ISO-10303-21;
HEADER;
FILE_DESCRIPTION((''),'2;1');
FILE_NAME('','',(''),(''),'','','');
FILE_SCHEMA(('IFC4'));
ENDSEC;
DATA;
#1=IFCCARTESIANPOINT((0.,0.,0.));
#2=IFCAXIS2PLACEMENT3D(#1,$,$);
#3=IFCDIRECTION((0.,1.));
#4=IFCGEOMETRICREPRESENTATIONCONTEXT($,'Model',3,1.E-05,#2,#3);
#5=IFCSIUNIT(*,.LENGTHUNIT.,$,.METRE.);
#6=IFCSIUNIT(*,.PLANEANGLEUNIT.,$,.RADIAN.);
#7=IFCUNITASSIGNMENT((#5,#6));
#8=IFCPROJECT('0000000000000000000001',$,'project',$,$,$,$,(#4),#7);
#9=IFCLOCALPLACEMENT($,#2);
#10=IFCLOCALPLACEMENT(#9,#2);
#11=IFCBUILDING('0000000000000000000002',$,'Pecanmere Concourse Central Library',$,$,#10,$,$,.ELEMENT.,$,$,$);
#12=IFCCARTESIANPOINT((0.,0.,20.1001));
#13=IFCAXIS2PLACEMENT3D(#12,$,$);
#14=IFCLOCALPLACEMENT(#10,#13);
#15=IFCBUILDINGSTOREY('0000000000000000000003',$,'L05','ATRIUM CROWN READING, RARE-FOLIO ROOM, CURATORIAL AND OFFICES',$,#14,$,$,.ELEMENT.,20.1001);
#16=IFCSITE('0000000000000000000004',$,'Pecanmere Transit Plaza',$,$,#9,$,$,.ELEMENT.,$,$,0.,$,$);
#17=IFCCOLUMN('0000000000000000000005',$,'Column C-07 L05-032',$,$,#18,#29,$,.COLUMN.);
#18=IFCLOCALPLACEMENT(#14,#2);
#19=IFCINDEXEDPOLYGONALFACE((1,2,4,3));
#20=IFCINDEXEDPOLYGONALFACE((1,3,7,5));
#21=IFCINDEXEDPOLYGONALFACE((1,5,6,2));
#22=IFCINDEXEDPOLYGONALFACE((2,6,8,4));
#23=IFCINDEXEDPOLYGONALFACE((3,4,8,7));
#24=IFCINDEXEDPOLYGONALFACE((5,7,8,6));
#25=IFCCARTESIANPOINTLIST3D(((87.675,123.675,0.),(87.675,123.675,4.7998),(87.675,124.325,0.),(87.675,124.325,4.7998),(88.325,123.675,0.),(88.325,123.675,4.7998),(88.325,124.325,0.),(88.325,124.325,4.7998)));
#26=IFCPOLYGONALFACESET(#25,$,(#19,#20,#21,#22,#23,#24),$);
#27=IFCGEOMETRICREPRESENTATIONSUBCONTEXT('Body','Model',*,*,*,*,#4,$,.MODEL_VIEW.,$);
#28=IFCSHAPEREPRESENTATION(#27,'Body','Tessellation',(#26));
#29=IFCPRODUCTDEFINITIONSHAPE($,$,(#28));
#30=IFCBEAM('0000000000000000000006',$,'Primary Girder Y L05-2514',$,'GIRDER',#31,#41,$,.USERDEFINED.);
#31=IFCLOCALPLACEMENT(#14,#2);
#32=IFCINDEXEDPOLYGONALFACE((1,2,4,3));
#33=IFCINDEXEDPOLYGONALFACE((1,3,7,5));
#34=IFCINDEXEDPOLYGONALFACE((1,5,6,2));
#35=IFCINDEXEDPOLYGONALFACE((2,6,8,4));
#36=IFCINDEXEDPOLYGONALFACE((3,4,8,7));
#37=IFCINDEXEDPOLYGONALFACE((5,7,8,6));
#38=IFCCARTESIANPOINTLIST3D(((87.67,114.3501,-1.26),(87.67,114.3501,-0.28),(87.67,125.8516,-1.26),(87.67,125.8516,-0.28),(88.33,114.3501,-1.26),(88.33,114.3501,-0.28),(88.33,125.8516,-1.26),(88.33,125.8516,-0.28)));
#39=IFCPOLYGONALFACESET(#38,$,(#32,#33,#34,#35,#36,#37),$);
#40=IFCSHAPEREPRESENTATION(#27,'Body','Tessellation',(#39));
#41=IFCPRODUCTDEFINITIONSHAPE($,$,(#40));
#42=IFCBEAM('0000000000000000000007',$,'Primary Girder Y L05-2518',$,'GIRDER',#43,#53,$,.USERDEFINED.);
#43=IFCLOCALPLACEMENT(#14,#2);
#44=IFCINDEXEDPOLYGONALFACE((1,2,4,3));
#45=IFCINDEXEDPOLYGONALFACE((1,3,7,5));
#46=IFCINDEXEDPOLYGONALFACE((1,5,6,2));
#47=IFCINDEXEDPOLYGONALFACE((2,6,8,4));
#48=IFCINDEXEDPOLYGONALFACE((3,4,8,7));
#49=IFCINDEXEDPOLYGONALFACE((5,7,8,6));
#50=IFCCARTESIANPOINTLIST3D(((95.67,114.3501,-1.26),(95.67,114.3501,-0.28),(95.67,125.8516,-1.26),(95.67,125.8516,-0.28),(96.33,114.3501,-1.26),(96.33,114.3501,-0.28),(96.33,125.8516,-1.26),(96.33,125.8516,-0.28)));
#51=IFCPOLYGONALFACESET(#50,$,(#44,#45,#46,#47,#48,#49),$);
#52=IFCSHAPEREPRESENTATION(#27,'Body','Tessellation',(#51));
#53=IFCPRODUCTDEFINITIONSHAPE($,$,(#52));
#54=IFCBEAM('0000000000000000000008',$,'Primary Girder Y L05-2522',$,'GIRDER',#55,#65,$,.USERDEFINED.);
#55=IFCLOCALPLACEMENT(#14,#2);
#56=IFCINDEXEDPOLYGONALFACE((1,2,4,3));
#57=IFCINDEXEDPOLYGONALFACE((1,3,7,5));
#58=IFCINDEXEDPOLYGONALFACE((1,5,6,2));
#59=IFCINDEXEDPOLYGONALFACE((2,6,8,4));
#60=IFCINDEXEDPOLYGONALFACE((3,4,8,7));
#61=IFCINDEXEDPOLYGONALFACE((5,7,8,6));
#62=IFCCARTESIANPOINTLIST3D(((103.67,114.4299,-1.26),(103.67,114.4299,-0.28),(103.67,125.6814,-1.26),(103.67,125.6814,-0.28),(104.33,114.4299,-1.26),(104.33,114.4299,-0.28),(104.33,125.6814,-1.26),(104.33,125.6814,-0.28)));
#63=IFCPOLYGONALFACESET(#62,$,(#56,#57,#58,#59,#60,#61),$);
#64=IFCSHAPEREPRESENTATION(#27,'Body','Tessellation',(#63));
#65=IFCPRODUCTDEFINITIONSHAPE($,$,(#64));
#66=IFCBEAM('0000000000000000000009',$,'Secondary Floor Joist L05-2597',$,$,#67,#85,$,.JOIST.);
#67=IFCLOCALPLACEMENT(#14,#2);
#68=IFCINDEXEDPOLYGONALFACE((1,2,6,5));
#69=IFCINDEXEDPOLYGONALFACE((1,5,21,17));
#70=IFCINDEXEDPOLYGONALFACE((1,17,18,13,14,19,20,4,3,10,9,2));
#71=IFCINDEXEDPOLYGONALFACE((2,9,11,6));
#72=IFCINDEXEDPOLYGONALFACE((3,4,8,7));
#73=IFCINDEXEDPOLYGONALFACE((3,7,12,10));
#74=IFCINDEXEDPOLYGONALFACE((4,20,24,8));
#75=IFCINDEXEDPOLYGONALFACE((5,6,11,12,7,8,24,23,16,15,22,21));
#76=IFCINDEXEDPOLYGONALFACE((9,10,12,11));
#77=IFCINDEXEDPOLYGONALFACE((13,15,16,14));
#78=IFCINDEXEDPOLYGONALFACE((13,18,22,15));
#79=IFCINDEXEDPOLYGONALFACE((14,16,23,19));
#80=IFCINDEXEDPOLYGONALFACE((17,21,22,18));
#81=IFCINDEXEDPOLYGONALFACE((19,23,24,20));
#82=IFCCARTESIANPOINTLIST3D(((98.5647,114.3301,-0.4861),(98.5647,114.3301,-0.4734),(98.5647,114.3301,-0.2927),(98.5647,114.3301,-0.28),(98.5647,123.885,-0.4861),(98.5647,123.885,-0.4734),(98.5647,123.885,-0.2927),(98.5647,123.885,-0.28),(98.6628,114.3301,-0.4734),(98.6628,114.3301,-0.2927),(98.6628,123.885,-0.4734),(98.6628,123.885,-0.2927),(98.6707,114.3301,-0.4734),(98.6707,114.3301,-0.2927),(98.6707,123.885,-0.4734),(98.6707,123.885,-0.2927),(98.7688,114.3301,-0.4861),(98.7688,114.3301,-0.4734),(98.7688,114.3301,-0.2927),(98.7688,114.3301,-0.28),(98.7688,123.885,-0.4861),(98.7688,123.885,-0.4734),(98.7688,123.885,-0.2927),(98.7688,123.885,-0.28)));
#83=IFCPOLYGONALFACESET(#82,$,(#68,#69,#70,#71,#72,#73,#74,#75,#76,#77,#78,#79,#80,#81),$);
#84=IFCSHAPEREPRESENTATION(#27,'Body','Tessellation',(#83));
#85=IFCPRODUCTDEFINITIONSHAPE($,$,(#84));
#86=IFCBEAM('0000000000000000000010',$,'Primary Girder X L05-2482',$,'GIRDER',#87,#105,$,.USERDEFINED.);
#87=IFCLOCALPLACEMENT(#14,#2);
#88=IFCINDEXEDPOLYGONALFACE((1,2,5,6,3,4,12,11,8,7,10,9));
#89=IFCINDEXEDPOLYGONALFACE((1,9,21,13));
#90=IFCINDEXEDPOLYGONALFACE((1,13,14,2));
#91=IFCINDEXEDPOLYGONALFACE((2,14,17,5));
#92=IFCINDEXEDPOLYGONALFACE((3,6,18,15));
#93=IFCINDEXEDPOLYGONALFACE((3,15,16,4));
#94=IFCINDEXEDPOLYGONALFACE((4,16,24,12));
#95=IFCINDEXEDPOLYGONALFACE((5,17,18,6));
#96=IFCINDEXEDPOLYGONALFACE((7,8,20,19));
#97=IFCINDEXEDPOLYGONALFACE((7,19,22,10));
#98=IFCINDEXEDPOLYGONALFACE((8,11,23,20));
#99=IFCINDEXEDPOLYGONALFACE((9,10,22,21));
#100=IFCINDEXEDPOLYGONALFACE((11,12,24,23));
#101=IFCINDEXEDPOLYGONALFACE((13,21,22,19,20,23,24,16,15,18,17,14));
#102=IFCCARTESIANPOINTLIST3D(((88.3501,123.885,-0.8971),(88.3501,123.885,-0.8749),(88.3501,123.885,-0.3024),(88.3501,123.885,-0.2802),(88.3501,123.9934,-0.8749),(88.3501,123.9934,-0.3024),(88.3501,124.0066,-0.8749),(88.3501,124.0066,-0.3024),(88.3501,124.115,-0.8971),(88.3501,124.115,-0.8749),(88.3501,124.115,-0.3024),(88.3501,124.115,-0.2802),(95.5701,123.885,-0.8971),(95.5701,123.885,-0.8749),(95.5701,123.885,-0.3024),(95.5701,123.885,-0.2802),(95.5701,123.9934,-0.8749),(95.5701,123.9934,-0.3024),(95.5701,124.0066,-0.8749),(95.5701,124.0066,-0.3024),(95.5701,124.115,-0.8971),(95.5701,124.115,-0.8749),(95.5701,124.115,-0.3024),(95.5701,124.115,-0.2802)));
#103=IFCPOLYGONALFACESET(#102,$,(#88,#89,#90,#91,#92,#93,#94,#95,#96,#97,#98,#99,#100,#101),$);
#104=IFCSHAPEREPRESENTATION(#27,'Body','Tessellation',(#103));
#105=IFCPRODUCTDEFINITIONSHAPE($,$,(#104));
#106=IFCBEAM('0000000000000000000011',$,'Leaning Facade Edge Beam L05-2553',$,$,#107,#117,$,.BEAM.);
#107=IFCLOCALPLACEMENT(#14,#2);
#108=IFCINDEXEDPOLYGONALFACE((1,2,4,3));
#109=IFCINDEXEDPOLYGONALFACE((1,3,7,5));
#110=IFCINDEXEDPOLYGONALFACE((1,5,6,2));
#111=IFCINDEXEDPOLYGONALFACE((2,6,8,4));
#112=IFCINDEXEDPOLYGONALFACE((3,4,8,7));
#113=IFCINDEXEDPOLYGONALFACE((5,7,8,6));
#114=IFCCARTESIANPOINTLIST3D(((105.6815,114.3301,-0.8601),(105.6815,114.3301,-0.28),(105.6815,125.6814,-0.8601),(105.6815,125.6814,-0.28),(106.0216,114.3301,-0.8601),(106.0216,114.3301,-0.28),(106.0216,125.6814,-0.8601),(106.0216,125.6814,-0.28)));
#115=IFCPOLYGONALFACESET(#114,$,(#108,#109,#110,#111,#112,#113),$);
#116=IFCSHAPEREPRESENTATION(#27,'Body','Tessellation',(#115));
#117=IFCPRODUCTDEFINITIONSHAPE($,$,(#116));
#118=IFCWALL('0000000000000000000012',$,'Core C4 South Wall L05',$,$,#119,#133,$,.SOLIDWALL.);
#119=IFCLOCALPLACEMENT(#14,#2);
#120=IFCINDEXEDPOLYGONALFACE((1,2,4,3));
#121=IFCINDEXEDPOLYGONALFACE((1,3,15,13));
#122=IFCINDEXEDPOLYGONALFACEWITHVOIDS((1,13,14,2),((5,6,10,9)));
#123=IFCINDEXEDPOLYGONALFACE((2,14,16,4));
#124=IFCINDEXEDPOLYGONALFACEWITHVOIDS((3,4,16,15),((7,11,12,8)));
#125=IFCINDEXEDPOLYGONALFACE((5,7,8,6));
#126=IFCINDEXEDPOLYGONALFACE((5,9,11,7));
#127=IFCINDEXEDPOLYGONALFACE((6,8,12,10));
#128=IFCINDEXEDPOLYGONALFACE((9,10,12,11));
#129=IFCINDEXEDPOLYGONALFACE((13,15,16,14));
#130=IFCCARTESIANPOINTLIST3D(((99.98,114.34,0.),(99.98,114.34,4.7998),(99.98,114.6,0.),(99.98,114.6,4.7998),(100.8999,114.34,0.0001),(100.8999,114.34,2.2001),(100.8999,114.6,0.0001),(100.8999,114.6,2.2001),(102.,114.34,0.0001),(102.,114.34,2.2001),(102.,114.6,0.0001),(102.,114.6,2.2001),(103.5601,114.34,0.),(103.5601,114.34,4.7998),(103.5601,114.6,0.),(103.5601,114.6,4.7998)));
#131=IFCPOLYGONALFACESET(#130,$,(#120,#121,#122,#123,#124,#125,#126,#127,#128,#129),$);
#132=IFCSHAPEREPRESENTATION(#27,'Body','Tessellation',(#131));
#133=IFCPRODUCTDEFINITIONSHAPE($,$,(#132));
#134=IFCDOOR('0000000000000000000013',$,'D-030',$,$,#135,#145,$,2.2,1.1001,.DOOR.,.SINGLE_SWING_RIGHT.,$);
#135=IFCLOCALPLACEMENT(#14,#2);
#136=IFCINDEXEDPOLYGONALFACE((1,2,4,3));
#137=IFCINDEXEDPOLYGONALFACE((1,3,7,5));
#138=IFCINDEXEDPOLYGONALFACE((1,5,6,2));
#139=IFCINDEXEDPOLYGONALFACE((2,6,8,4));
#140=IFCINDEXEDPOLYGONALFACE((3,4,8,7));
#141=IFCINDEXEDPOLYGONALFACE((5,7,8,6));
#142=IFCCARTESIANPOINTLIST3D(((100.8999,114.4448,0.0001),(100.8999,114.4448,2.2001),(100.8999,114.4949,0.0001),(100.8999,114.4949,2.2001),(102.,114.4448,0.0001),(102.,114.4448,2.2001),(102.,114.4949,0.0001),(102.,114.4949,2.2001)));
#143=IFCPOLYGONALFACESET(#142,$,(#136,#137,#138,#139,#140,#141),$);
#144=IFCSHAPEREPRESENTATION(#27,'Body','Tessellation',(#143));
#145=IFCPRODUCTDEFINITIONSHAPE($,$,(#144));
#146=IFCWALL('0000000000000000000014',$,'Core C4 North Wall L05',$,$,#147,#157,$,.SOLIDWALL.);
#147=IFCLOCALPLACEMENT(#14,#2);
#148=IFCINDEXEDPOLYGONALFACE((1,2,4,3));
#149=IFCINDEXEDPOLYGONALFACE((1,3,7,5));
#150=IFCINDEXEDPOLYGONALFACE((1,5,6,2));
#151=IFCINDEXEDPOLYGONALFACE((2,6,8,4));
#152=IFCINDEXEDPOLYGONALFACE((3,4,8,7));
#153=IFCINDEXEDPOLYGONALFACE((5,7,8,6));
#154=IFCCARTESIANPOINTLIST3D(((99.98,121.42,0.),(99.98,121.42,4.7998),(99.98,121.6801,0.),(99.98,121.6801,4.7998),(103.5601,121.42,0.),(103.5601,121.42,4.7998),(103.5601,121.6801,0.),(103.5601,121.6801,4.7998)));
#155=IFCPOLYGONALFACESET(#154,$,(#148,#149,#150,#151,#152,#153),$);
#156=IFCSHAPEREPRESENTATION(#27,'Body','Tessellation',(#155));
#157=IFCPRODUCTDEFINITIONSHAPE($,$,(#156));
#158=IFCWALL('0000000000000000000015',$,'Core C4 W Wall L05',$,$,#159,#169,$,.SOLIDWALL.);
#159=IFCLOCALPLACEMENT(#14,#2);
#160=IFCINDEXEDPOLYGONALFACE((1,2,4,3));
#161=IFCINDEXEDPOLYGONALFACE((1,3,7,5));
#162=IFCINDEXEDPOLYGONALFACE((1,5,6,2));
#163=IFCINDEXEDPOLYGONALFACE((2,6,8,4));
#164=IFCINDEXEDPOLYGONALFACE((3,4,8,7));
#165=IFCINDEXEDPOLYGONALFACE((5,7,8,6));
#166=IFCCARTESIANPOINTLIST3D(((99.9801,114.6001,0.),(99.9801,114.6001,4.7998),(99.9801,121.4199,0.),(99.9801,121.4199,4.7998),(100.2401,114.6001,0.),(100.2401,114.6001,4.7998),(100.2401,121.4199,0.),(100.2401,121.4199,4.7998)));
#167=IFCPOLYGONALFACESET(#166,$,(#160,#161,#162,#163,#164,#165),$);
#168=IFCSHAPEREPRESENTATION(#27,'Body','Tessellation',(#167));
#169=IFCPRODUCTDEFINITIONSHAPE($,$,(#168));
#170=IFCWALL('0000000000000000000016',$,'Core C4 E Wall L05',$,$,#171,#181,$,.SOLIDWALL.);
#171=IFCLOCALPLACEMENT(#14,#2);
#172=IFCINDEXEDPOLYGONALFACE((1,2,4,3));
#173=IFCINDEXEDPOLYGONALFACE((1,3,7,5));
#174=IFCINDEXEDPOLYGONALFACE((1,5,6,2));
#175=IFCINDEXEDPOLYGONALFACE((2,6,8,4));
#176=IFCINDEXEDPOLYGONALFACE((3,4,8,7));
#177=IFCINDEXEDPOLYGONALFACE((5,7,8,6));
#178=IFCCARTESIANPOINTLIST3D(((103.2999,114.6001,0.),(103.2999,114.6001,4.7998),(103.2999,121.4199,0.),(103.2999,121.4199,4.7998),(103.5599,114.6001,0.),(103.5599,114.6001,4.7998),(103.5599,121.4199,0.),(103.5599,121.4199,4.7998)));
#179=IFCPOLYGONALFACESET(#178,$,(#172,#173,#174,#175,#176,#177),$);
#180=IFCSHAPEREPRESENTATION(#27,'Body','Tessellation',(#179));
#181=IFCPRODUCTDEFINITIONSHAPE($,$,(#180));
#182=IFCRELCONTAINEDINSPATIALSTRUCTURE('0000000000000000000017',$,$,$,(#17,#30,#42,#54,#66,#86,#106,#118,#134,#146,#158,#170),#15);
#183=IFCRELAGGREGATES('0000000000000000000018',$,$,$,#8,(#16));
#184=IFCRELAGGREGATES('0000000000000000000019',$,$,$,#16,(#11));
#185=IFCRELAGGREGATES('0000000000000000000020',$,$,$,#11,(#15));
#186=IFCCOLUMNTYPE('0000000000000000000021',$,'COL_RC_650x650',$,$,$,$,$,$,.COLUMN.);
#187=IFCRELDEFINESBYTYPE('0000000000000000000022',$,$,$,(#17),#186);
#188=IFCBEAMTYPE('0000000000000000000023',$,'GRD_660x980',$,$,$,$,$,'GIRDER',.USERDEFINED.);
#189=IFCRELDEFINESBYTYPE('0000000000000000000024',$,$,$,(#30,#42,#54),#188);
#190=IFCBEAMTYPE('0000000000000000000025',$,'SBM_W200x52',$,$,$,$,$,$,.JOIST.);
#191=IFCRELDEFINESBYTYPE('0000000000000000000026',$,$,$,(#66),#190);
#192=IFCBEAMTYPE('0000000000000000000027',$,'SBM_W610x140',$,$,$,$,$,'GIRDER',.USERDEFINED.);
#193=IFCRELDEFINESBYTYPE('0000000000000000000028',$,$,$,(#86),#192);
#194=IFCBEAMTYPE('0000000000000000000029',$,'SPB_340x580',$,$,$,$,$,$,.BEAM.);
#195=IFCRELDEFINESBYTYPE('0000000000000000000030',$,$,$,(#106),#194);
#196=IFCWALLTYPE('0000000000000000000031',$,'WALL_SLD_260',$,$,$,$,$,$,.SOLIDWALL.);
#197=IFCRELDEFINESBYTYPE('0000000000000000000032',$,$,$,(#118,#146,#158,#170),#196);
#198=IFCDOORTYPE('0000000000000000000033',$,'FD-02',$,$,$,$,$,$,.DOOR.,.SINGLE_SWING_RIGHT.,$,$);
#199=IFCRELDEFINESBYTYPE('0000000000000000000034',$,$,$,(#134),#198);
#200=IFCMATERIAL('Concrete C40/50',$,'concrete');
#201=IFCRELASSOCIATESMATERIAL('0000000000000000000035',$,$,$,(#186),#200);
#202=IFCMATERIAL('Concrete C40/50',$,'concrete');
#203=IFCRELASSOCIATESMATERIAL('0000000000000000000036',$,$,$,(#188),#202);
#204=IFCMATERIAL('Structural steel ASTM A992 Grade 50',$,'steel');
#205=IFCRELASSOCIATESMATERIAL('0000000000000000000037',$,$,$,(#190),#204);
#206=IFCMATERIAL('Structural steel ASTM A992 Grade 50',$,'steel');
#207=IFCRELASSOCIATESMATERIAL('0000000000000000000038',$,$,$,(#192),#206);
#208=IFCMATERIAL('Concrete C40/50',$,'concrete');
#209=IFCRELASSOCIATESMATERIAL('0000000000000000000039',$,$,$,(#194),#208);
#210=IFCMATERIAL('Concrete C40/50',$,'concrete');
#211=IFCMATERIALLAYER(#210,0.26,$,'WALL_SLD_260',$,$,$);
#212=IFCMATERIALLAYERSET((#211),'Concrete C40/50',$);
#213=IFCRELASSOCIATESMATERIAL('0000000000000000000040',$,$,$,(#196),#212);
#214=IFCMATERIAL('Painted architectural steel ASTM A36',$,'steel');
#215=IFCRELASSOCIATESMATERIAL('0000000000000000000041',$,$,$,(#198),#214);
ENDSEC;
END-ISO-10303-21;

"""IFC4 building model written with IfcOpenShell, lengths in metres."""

from ifc_helpers import new_model, si_unit, direction, frame, frame_2d, origin, origin_2d, place, context, subcontext, project, spatial, rectangle, i_section, extrude, material, layer, layer_set, material_profile, profile_set, type_object, element, fill, save


model = new_model("IFC4")

# Units and contexts
model_context = context("Model", 3, precision=1e-05, world=origin(), true_north=direction((0.0, 1.0)))
body_context = subcontext(model_context, "Body", "Model", "MODEL_VIEW")
ifc_project = project(units=[si_unit("LENGTHUNIT", "METRE"), si_unit("PLANEANGLEUNIT", "RADIAN")], contexts=[model_context])

# Site, building, storey
site_placement = place(None, origin())
site = spatial("IfcSite", under=ifc_project, at=site_placement, Name="Pecanmere Transit Plaza", CompositionType="ELEMENT", RefElevation=0.0)
building_placement = place(site_placement, origin())
building = spatial("IfcBuilding", under=site, at=building_placement, Name="Pecanmere Concourse Central Library", CompositionType="ELEMENT")
storey_placement = place(building_placement, frame((0.0, 0.0, 20.1001)))
storey = spatial("IfcBuildingStorey", under=building, at=storey_placement, Name="L05", Description="ATRIUM CROWN READING, RARE-FOLIO ROOM, CURATORIAL AND OFFICES", CompositionType="ELEMENT", Elevation=20.1001)

# Column
ifc_material_1 = material(Name="Concrete C40/50", Category="concrete")
ifc_material_profile_1 = material_profile(ifc_material_1, rectangle(XDim=0.6499, YDim=0.6499, at=origin_2d()), Name="RC 650x650")
ifc_profile_set_1 = profile_set([ifc_material_profile_1], Name="Concrete C40/50")
column_type = type_object("IfcColumnType", Name="COL_RC_650x650", PredefinedType="COLUMN", material=ifc_profile_set_1)
column_placement = place(storey_placement, frame((88.0, 124.0, 0.0), z_axis=(0.0, 0.0, 1.0), x_axis=(1.0, 0.0, 0.0)))
element("IfcColumn", 1, at=column_placement, inside=storey, type_object=column_type, Name="Column C-07 L05-032", PredefinedType="COLUMN", context=body_context, shape_type="SweptSolid", body=[
    extrude(rectangle(XDim=0.6499, YDim=0.6499, at=origin_2d()), origin(), (0.0, 0.0, 1.0), 4.7998),
])

# Beams
ifc_material_2 = material(Name="Concrete C40/50", Category="concrete")
ifc_material_profile_2 = material_profile(ifc_material_2, rectangle(XDim=0.6599, YDim=0.98, at=origin_2d()), Name="RC 660x980")
ifc_profile_set_2 = profile_set([ifc_material_profile_2], Name="Concrete C40/50")
beam_type_1 = type_object("IfcBeamType", Name="GRD_660x980", ElementType="GIRDER", PredefinedType="USERDEFINED", material=ifc_profile_set_2)
for number, where, z_axis, x_axis, name in (
    (2, (88.0, 114.3501, -0.77), (0.0, 1.0, 0.0), (-1.0, 0.0, 0.0), "Primary Girder Y L05-2514"),
    (3, (96.0, 114.3501, -0.77), (0.0, 1.0, 0.0), (-1.0, 0.0, 0.0), "Primary Girder Y L05-2518"),
):
    element("IfcBeam", number, at=place(storey_placement, frame(where, z_axis=z_axis, x_axis=x_axis)), inside=storey, type_object=beam_type_1, Name=name, ObjectType="GIRDER", PredefinedType="USERDEFINED", context=body_context, shape_type="SweptSolid", body=[
        extrude(rectangle(XDim=0.6599, YDim=0.98, at=origin_2d()), origin(), (0.0, 0.0, 1.0), 11.5015),
    ])
beam_1_placement = place(storey_placement, frame((104.0, 114.4299, -0.77), z_axis=(0.0, 1.0, 0.0), x_axis=(-1.0, 0.0, 0.0)))
element("IfcBeam", 4, at=beam_1_placement, inside=storey, type_object=beam_type_1, Name="Primary Girder Y L05-2522", ObjectType="GIRDER", PredefinedType="USERDEFINED", context=body_context, shape_type="SweptSolid", body=[
    extrude(rectangle(XDim=0.6599, YDim=0.98, at=origin_2d()), origin(), (0.0, 0.0, 1.0), 11.2515),
])
ifc_material_3 = material(Name="Structural steel ASTM A992 Grade 50", Category="steel")
ifc_material_profile_3 = material_profile(ifc_material_3, i_section(OverallWidth=0.2041, OverallDepth=0.2061, WebThickness=0.0078, FlangeThickness=0.0127, at=origin_2d()), Name="W200x52")
ifc_profile_set_3 = profile_set([ifc_material_profile_3], Name="Structural steel ASTM A992 Grade 50")
beam_type_2 = type_object("IfcBeamType", Name="SBM_W200x52", PredefinedType="JOIST", material=ifc_profile_set_3)
beam_2_placement = place(storey_placement, frame((98.6667, 114.3301, -0.3831), z_axis=(0.0, 1.0, 0.0), x_axis=(-1.0, 0.0, 0.0)))
element("IfcBeam", 5, at=beam_2_placement, inside=storey, type_object=beam_type_2, Name="Secondary Floor Joist L05-2597", PredefinedType="JOIST", context=body_context, shape_type="SweptSolid", body=[
    extrude(i_section(OverallWidth=0.2041, OverallDepth=0.2061, WebThickness=0.0078, FlangeThickness=0.0127, at=origin_2d()), origin(), (0.0, 0.0, 1.0), 9.5549),
])
ifc_material_4 = material(Name="Structural steel ASTM A992 Grade 50", Category="steel")
ifc_material_profile_4 = material_profile(ifc_material_4, i_section(OverallWidth=0.23, OverallDepth=0.6169, WebThickness=0.0132, FlangeThickness=0.0222, at=origin_2d()), Name="W610x140")
ifc_profile_set_4 = profile_set([ifc_material_profile_4], Name="Structural steel ASTM A992 Grade 50")
beam_type_3 = type_object("IfcBeamType", Name="SBM_W610x140", ElementType="GIRDER", PredefinedType="USERDEFINED", material=ifc_profile_set_4)
beam_3_placement = place(storey_placement, frame((88.3501, 124.0, -0.5886), z_axis=(1.0, 0.0, 0.0), x_axis=(0.0, 1.0, 0.0)))
element("IfcBeam", 6, at=beam_3_placement, inside=storey, type_object=beam_type_3, Name="Primary Girder X L05-2482", ObjectType="GIRDER", PredefinedType="USERDEFINED", context=body_context, shape_type="SweptSolid", body=[
    extrude(i_section(OverallWidth=0.23, OverallDepth=0.6169, WebThickness=0.0132, FlangeThickness=0.0222, at=origin_2d()), origin(), (0.0, 0.0, 1.0), 7.22),
])
ifc_material_5 = material(Name="Concrete C40/50", Category="concrete")
ifc_material_profile_5 = material_profile(ifc_material_5, rectangle(XDim=0.3401, YDim=0.5801, at=origin_2d()), Name="RC 340x580")
ifc_profile_set_5 = profile_set([ifc_material_profile_5], Name="Concrete C40/50")
beam_type_4 = type_object("IfcBeamType", Name="SPB_340x580", PredefinedType="BEAM", material=ifc_profile_set_5)
beam_4_placement = place(storey_placement, frame((105.8516, 114.3301, -0.5701), z_axis=(0.0, 1.0, 0.0), x_axis=(-1.0, 0.0, 0.0)))
element("IfcBeam", 7, at=beam_4_placement, inside=storey, type_object=beam_type_4, Name="Leaning Facade Edge Beam L05-2553", PredefinedType="BEAM", context=body_context, shape_type="SweptSolid", body=[
    extrude(rectangle(XDim=0.3401, YDim=0.5801, at=origin_2d()), origin(), (0.0, 0.0, 1.0), 11.3513),
])

# Wall, opening, door
ifc_material_6 = material(Name="Concrete C40/50", Category="concrete")
ifc_layer = layer(ifc_material_6, 0.26, Name="WALL_SLD_260")
ifc_layer_set = layer_set([ifc_layer], Name="Concrete C40/50")
wall_type = type_object("IfcWallType", Name="WALL_SLD_260", PredefinedType="SOLIDWALL", material=ifc_layer_set)
wall_1_placement = place(storey_placement, frame((99.98, 114.47, 0.0), z_axis=(0.0, 0.0, 1.0), x_axis=(1.0, 0.0, 0.0)))
wall_1 = element("IfcWall", 8, at=wall_1_placement, inside=storey, type_object=wall_type, Name="Core C4 South Wall L05", PredefinedType="SOLIDWALL", context=body_context, shape_type="SweptSolid", body=[
    extrude(rectangle(XDim=3.5801, YDim=0.26, at=frame_2d((1.79, 0.0))), origin(), (0.0, 0.0, 1.0), 4.7998),
])
opening_placement = place(wall_1_placement, frame((0.9199, 0.0, 0.0)))
opening = element("IfcOpeningElement", 9, at=opening_placement, cuts=wall_1, PredefinedType="OPENING", context=body_context, shape_type="SweptSolid", body=[
    extrude(rectangle(XDim=1.1001, YDim=2.2, at=frame_2d((0.55, 1.1001))), frame((0.0, 0.1421, 0.0), z_axis=(0.0, -1.0, 0.0), x_axis=(1.0, 0.0, 0.0)), (0.0, 0.0, 1.0), 0.2839),
])
ifc_material_7 = material(Name="Painted architectural steel ASTM A36", Category="steel")
door_type = type_object("IfcDoorType", Name="FD-02", OperationType="SINGLE_SWING_RIGHT", PredefinedType="DOOR", material=ifc_material_7)
door_placement = place(opening_placement, origin())
door = element("IfcDoor", 10, at=door_placement, inside=storey, type_object=door_type, Name="D-030", OperationType="SINGLE_SWING_RIGHT", OverallHeight=2.2, OverallWidth=1.1001, PredefinedType="DOOR", context=body_context, shape_type="SweptSolid", body=[
    extrude(rectangle(XDim=1.1001, YDim=2.2, at=frame_2d((0.55, 1.1001))), frame((0.0, 0.0249, 0.0), z_axis=(0.0, -1.0, 0.0), x_axis=(1.0, 0.0, 0.0)), (0.0, 0.0, 1.0), 0.05),
])
fill(opening, door)

# Walls
wall_2_placement = place(storey_placement, frame((99.98, 121.55, 0.0), z_axis=(0.0, 0.0, 1.0), x_axis=(1.0, 0.0, 0.0)))
element("IfcWall", 11, at=wall_2_placement, inside=storey, type_object=wall_type, Name="Core C4 North Wall L05", PredefinedType="SOLIDWALL", context=body_context, shape_type="SweptSolid", body=[
    extrude(rectangle(XDim=3.5801, YDim=0.26, at=frame_2d((1.79, 0.0))), origin(), (0.0, 0.0, 1.0), 4.7998),
])
for number, where, z_axis, x_axis, name in (
    (12, (100.1101, 114.6001, 0.0), (0.0, 0.0, 1.0), (0.0, 1.0, 0.0), "Core C4 W Wall L05"),
    (13, (103.4299, 114.6001, 0.0), (0.0, 0.0, 1.0), (0.0, 1.0, 0.0), "Core C4 E Wall L05"),
):
    element("IfcWall", number, at=place(storey_placement, frame(where, z_axis=z_axis, x_axis=x_axis)), inside=storey, type_object=wall_type, Name=name, PredefinedType="SOLIDWALL", context=body_context, shape_type="SweptSolid", body=[
        extrude(rectangle(XDim=6.8198, YDim=0.26, at=frame_2d((3.4099, 0.0))), origin(), (0.0, 0.0, 1.0), 4.7998),
    ])

save(model, "model.ifc")
